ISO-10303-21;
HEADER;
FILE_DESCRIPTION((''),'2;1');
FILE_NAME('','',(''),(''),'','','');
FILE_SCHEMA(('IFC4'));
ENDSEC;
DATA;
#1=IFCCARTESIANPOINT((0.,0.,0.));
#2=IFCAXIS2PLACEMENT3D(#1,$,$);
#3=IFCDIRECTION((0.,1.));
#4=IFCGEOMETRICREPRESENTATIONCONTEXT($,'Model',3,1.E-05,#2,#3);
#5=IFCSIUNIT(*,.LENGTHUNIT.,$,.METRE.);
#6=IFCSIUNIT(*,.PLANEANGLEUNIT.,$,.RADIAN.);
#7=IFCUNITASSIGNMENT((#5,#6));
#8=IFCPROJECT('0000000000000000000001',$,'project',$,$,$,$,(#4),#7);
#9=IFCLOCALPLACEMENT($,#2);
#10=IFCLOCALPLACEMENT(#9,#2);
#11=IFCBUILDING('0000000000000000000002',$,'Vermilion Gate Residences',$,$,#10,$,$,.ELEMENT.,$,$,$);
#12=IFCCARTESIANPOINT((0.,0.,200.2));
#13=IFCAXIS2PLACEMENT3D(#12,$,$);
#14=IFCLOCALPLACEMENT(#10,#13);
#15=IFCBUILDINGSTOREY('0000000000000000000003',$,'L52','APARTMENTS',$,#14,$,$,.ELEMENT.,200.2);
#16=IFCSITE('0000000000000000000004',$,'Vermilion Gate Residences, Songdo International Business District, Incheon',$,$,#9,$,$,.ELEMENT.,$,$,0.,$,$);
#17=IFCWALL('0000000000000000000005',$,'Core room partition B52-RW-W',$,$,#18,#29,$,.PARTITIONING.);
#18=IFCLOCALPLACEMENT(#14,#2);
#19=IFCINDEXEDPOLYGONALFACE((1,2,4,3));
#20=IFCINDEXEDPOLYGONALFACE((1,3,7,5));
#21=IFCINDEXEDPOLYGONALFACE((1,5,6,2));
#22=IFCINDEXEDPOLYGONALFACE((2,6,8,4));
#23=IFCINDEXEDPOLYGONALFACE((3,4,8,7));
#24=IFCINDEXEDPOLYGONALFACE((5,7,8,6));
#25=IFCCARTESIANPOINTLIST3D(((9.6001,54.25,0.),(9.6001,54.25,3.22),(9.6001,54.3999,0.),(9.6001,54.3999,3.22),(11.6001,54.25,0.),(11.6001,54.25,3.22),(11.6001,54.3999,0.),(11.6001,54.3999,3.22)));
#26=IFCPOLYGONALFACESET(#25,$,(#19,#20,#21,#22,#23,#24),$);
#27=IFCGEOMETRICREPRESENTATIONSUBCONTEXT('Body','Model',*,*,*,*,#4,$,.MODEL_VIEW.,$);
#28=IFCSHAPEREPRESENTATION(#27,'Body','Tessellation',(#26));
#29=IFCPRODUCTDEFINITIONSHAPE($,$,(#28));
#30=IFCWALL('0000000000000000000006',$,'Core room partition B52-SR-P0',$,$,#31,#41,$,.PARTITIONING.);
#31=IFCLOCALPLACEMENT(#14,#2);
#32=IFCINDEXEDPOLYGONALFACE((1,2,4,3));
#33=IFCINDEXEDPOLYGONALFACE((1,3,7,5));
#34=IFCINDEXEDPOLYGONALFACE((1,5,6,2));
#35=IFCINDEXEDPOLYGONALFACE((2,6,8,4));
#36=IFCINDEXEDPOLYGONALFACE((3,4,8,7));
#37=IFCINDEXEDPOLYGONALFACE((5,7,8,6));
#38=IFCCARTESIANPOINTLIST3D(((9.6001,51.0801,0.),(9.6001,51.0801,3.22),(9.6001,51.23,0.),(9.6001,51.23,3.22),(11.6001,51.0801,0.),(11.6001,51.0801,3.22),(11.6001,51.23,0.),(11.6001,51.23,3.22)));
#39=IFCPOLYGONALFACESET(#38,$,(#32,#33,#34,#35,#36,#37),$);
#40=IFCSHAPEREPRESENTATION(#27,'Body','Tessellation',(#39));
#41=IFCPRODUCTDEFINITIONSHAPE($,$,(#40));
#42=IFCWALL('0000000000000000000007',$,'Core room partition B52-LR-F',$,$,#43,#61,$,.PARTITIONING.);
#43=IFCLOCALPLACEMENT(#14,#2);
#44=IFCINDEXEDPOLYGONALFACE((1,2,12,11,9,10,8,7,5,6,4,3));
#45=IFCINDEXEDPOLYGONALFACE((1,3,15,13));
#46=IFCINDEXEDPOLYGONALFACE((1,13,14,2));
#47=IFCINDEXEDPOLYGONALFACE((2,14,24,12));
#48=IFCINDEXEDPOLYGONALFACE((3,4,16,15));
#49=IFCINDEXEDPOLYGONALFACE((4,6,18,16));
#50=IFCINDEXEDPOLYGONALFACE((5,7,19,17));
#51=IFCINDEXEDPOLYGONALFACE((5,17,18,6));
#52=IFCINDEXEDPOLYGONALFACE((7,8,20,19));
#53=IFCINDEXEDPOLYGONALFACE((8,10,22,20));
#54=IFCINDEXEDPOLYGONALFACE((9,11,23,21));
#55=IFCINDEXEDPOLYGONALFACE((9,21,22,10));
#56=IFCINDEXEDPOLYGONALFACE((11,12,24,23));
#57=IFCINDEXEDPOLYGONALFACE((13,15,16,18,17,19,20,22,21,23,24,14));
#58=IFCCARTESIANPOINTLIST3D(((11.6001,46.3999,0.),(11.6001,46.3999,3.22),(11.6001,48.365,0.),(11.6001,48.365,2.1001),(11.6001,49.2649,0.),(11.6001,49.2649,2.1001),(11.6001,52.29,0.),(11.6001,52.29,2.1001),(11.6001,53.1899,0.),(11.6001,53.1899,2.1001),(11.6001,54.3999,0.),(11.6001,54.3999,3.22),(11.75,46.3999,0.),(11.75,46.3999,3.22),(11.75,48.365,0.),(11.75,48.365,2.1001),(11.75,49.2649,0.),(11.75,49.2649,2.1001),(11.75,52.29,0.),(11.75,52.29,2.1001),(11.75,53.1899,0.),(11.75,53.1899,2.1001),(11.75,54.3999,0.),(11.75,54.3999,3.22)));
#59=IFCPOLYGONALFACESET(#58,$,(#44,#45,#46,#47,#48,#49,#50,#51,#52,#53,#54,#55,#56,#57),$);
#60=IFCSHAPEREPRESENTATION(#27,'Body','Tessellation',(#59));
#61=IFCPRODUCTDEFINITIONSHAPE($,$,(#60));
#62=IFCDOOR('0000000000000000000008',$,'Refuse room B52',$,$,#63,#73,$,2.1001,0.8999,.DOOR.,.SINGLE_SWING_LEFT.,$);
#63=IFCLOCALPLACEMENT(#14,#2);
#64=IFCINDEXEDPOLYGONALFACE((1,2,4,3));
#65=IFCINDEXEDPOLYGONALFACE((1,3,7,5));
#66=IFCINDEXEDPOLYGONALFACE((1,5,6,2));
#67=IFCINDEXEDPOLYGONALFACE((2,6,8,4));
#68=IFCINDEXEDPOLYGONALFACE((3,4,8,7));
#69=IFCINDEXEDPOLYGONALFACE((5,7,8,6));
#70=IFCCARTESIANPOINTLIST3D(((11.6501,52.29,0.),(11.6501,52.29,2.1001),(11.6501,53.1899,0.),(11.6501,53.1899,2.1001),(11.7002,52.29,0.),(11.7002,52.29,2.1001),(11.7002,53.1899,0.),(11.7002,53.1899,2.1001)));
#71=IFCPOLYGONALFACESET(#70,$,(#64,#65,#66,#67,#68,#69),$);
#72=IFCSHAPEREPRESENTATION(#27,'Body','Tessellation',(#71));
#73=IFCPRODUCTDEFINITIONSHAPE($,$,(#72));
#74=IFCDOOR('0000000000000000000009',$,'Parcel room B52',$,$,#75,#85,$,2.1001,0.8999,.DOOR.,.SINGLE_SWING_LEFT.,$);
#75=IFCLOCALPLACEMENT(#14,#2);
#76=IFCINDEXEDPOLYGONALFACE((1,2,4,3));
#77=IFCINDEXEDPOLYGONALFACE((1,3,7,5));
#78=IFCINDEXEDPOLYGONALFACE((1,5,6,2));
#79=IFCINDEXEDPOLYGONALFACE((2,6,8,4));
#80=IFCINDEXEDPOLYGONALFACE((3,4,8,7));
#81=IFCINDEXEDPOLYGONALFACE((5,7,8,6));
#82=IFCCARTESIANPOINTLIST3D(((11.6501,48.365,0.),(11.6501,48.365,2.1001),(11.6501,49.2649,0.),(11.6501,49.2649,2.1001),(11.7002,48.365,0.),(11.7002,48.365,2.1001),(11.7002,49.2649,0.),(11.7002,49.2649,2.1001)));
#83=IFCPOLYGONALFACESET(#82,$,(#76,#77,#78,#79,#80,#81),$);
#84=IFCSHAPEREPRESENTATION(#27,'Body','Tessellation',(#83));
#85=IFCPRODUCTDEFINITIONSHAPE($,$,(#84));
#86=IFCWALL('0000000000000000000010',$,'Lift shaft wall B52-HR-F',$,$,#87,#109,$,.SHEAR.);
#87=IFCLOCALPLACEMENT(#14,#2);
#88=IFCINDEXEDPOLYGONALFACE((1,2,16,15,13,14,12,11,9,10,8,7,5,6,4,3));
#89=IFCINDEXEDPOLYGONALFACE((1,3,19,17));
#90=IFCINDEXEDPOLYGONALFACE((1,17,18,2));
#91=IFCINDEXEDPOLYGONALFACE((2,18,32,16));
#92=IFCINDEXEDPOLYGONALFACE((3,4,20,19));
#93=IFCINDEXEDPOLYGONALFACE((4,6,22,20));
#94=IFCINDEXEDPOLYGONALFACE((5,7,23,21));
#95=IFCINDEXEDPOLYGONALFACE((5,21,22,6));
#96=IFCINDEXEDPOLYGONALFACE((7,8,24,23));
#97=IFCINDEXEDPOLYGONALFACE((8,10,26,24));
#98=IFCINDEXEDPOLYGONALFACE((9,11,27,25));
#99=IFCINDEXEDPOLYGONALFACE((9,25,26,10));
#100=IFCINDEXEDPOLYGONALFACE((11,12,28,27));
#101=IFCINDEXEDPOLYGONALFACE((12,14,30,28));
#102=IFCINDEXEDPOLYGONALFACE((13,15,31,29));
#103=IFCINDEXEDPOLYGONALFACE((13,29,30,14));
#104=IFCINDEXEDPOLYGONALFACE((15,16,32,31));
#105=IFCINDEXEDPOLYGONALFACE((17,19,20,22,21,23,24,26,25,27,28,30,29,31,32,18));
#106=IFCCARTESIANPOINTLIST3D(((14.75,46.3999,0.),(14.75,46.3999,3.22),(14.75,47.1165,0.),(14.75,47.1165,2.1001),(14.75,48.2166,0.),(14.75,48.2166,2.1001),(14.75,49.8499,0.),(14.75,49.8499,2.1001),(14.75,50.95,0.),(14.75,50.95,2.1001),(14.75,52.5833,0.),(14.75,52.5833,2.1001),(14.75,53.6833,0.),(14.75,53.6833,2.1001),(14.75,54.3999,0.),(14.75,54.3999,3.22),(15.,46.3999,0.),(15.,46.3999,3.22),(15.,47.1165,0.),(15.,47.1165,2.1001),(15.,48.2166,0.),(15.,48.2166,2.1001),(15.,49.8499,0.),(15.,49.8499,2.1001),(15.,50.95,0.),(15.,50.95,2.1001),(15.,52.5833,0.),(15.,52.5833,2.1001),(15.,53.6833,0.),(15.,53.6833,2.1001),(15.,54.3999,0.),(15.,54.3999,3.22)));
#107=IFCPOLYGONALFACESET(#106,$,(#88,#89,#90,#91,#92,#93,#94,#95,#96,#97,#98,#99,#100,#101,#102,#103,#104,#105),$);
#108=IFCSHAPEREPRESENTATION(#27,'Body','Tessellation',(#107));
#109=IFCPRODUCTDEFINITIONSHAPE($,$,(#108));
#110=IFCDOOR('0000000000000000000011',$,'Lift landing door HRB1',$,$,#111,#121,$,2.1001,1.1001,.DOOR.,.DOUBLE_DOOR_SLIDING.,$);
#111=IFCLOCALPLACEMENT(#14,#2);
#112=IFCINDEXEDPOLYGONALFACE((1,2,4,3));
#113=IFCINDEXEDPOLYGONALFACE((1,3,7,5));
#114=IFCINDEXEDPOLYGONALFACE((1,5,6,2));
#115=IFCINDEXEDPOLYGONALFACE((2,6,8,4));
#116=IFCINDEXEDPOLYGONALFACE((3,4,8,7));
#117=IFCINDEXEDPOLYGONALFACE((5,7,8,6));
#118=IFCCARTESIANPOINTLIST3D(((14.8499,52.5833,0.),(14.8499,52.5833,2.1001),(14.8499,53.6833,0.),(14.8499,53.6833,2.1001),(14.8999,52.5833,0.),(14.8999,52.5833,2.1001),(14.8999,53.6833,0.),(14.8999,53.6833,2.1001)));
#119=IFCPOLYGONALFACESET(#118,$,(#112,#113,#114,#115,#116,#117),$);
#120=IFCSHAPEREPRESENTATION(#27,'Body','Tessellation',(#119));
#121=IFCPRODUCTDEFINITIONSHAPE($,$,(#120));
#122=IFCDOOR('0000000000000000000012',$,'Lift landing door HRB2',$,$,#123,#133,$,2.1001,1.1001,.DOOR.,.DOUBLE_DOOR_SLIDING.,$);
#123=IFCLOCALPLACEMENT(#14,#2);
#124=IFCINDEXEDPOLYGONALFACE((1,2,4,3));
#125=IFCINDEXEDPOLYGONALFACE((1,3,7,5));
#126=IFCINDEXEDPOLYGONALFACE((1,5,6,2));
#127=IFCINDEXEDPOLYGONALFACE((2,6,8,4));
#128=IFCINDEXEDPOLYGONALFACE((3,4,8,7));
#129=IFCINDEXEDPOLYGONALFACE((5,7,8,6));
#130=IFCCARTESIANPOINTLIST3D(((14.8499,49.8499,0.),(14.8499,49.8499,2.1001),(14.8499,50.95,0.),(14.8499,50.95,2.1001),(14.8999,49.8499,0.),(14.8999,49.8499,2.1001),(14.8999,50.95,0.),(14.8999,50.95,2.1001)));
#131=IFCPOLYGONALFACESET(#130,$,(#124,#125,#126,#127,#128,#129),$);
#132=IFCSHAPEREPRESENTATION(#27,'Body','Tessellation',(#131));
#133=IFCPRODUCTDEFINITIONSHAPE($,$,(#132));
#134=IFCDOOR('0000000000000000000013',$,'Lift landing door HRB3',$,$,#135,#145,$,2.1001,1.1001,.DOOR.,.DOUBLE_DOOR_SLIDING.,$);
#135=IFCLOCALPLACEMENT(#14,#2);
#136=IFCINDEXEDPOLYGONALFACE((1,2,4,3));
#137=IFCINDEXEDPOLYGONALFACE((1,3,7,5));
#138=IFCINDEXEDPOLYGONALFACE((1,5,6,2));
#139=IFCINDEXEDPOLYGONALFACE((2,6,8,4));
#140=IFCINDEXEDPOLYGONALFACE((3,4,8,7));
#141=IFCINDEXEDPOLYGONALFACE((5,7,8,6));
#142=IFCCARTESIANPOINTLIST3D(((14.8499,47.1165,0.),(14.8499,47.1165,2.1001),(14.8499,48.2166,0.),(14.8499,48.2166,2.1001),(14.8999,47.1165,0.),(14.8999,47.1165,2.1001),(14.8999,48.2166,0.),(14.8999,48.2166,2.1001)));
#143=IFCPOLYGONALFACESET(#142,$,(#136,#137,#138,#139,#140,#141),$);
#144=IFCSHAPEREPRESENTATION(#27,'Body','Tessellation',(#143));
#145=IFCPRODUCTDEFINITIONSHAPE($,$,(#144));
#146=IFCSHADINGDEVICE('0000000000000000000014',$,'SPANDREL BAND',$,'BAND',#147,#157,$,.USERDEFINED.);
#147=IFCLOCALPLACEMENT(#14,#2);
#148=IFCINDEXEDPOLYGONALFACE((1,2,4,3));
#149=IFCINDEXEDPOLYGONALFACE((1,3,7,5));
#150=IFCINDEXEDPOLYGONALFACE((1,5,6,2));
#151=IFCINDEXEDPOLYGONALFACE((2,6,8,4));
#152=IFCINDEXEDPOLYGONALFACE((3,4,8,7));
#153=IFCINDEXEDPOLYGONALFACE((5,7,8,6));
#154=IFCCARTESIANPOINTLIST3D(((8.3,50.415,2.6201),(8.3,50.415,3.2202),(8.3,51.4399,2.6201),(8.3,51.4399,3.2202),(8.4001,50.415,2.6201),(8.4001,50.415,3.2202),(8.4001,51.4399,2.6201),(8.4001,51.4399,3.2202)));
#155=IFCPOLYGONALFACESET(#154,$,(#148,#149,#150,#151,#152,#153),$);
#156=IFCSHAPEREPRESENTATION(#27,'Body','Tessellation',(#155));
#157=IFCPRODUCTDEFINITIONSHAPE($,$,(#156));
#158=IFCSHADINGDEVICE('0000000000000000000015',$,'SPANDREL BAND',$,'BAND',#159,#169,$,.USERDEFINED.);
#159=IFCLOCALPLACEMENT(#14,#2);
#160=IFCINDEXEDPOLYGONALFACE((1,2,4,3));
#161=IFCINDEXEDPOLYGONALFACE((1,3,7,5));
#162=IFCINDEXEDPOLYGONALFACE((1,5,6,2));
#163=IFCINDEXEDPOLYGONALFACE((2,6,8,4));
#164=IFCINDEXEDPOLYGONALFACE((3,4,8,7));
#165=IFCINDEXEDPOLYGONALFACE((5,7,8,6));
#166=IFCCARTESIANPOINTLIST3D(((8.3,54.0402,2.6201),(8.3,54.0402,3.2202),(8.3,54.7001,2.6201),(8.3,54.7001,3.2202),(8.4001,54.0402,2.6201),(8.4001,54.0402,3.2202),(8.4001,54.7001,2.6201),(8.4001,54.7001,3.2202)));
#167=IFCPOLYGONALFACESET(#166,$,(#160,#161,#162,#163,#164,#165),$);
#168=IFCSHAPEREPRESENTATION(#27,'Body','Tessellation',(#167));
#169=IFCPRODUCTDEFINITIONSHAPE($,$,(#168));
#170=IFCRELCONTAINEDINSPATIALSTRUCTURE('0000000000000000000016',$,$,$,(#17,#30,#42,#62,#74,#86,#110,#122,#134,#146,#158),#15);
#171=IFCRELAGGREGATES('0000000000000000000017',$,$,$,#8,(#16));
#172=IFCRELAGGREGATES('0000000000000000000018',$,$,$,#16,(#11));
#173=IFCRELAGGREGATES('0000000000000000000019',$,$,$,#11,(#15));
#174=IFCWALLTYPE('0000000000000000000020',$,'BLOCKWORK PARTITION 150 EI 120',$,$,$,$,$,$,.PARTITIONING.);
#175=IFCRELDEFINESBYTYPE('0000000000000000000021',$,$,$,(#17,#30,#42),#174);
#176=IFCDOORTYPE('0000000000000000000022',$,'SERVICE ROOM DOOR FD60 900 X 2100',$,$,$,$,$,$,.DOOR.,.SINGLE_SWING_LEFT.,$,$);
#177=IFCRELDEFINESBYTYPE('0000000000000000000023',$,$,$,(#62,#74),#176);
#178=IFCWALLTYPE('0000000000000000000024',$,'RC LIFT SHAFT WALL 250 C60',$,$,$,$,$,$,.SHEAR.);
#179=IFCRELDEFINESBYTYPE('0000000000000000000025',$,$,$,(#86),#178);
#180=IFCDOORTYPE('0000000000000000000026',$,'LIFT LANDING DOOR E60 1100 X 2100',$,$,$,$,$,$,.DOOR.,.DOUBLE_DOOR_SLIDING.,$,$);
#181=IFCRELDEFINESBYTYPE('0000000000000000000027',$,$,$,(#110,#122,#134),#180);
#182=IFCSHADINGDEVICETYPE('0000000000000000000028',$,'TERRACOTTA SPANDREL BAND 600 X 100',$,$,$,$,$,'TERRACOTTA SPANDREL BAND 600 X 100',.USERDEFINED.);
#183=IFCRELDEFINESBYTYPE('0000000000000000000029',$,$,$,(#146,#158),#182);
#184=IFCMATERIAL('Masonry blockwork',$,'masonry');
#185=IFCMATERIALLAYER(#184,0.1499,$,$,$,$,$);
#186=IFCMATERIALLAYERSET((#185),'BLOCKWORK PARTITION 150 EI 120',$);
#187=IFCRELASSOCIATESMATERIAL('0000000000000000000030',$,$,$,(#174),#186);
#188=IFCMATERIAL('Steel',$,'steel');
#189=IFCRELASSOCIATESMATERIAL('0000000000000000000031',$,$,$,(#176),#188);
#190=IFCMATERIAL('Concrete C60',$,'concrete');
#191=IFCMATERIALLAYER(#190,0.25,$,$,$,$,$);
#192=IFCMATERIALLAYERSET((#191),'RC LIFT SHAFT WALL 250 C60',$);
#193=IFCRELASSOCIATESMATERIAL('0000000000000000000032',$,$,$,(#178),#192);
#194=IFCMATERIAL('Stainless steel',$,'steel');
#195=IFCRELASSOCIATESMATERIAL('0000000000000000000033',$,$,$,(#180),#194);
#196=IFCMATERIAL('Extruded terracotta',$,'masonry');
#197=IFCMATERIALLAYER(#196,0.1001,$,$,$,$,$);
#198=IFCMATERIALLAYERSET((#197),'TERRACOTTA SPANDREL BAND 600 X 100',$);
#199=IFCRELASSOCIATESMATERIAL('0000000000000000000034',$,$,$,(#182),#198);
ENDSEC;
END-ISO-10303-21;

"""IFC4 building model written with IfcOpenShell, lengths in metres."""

from ifc_helpers import new_model, si_unit, direction, frame, frame_2d, origin, origin_2d, place, context, subcontext, project, spatial, rectangle, extrude, material, layer, layer_set, type_object, element, fill, save


model = new_model("IFC4")

# Units and contexts
model_context = context("Model", 3, precision=1e-05, world=origin(), true_north=direction((0.0, 1.0)))
body_context = subcontext(model_context, "Body", "Model", "MODEL_VIEW")
ifc_project = project(units=[si_unit("LENGTHUNIT", "METRE"), si_unit("PLANEANGLEUNIT", "RADIAN")], contexts=[model_context])

# Site, building, storey
site_placement = place(None, origin())
site = spatial("IfcSite", under=ifc_project, at=site_placement, Name="Vermilion Gate Residences, Songdo International Business District, Incheon", CompositionType="ELEMENT", RefElevation=0.0)
building_placement = place(site_placement, origin())
building = spatial("IfcBuilding", under=site, at=building_placement, Name="Vermilion Gate Residences", CompositionType="ELEMENT")
storey_placement = place(building_placement, frame((0.0, 0.0, 200.2)))
storey = spatial("IfcBuildingStorey", under=building, at=storey_placement, Name="L52", Description="APARTMENTS", CompositionType="ELEMENT", Elevation=200.2)

# Walls
ifc_material_1 = material(Name="Masonry blockwork", Category="masonry")
ifc_layer_1 = layer(ifc_material_1, 0.1499)
ifc_layer_set_1 = layer_set([ifc_layer_1], Name="BLOCKWORK PARTITION 150 EI 120")
wall_type_1 = type_object("IfcWallType", Name="BLOCKWORK PARTITION 150 EI 120", PredefinedType="PARTITIONING", material=ifc_layer_set_1)
for number, where, z_axis, x_axis, name in (
    (1, (9.6001, 54.325, 0.0), (0.0, 0.0, 1.0), (1.0, 0.0, 0.0), "Core room partition B52-RW-W"),
    (2, (9.6001, 51.155, 0.0), (0.0, 0.0, 1.0), (1.0, 0.0, 0.0), "Core room partition B52-SR-P0"),
):
    element("IfcWall", number, at=place(storey_placement, frame(where, z_axis=z_axis, x_axis=x_axis)), inside=storey, type_object=wall_type_1, Name=name, PredefinedType="PARTITIONING", context=body_context, shape_type="SweptSolid", body=[
        extrude(rectangle(XDim=2.0, YDim=0.1499, at=frame_2d((1.0, 0.0))), origin(), (0.0, 0.0, 1.0), 3.22),
    ])

# Walls, openings, doors
wall_1_placement = place(storey_placement, frame((11.675, 54.3999, 0.0), z_axis=(0.0, 0.0, 1.0), x_axis=(0.0, -1.0, 0.0)))
wall_1 = element("IfcWall", 3, at=wall_1_placement, inside=storey, type_object=wall_type_1, Name="Core room partition B52-LR-F", PredefinedType="PARTITIONING", context=body_context, shape_type="SweptSolid", body=[
    extrude(rectangle(XDim=8.0, YDim=0.1499, at=frame_2d((4.0, 0.0))), origin(), (0.0, 0.0, 1.0), 3.22),
])
opening_1_placement = place(wall_1_placement, frame((1.21, 0.0, 0.0)))
opening_1 = element("IfcOpeningElement", 4, at=opening_1_placement, cuts=wall_1, PredefinedType="OPENING", context=body_context, shape_type="SweptSolid", body=[
    extrude(rectangle(XDim=0.8999, YDim=2.1001, at=frame_2d((0.45, 1.05))), frame((0.0, 0.085, 0.0), z_axis=(0.0, -1.0, 0.0), x_axis=(1.0, 0.0, 0.0)), (0.0, 0.0, 1.0), 0.1699),
])
opening_2_placement = place(wall_1_placement, frame((5.135, 0.0, 0.0)))
opening_2 = element("IfcOpeningElement", 5, at=opening_2_placement, cuts=wall_1, PredefinedType="OPENING", context=body_context, shape_type="SweptSolid", body=[
    extrude(rectangle(XDim=0.8999, YDim=2.1001, at=frame_2d((0.45, 1.05))), frame((0.0, 0.085, 0.0), z_axis=(0.0, -1.0, 0.0), x_axis=(1.0, 0.0, 0.0)), (0.0, 0.0, 1.0), 0.1699),
])
ifc_material_2 = material(Name="Steel", Category="steel")
door_type_1 = type_object("IfcDoorType", Name="SERVICE ROOM DOOR FD60 900 X 2100", OperationType="SINGLE_SWING_LEFT", PredefinedType="DOOR", material=ifc_material_2)
door_1_placement = place(opening_1_placement, frame((0.8999, 0.0, 0.0), z_axis=(0.0, 0.0, 1.0), x_axis=(-1.0, 0.0, 0.0)))
door_1 = element("IfcDoor", 6, at=door_1_placement, inside=storey, type_object=door_type_1, Name="Refuse room B52", OperationType="SINGLE_SWING_LEFT", OverallHeight=2.1001, OverallWidth=0.8999, PredefinedType="DOOR", context=body_context, shape_type="SweptSolid", body=[
    extrude(rectangle(XDim=0.8999, YDim=2.1001, at=frame_2d((0.45, 1.05))), frame((0.0, 0.0249, 0.0), z_axis=(0.0, -1.0, 0.0), x_axis=(1.0, 0.0, 0.0)), (0.0, 0.0, 1.0), 0.05),
])
fill(opening_1, door_1)
door_2_placement = place(opening_2_placement, frame((0.8999, 0.0, 0.0), z_axis=(0.0, 0.0, 1.0), x_axis=(-1.0, 0.0, 0.0)))
door_2 = element("IfcDoor", 7, at=door_2_placement, inside=storey, type_object=door_type_1, Name="Parcel room B52", OperationType="SINGLE_SWING_LEFT", OverallHeight=2.1001, OverallWidth=0.8999, PredefinedType="DOOR", context=body_context, shape_type="SweptSolid", body=[
    extrude(rectangle(XDim=0.8999, YDim=2.1001, at=frame_2d((0.45, 1.05))), frame((0.0, 0.0249, 0.0), z_axis=(0.0, -1.0, 0.0), x_axis=(1.0, 0.0, 0.0)), (0.0, 0.0, 1.0), 0.05),
])
fill(opening_2, door_2)
ifc_material_3 = material(Name="Concrete C60", Category="concrete")
ifc_layer_2 = layer(ifc_material_3, 0.25)
ifc_layer_set_2 = layer_set([ifc_layer_2], Name="RC LIFT SHAFT WALL 250 C60")
wall_type_2 = type_object("IfcWallType", Name="RC LIFT SHAFT WALL 250 C60", PredefinedType="SHEAR", material=ifc_layer_set_2)
wall_2_placement = place(storey_placement, frame((14.875, 54.3999, 0.0), z_axis=(0.0, 0.0, 1.0), x_axis=(0.0, -1.0, 0.0)))
wall_2 = element("IfcWall", 8, at=wall_2_placement, inside=storey, type_object=wall_type_2, Name="Lift shaft wall B52-HR-F", PredefinedType="SHEAR", context=body_context, shape_type="SweptSolid", body=[
    extrude(rectangle(XDim=8.0, YDim=0.25, at=frame_2d((4.0, 0.0))), origin(), (0.0, 0.0, 1.0), 3.22),
])
opening_3_placement = place(wall_2_placement, frame((0.7166, 0.0, 0.0)))
opening_3 = element("IfcOpeningElement", 9, at=opening_3_placement, cuts=wall_2, PredefinedType="OPENING", context=body_context, shape_type="SweptSolid", body=[
    extrude(rectangle(XDim=1.1001, YDim=2.1001, at=frame_2d((0.55, 1.05))), frame((0.0, 0.135, 0.0), z_axis=(0.0, -1.0, 0.0), x_axis=(1.0, 0.0, 0.0)), (0.0, 0.0, 1.0), 0.27),
])
opening_4_placement = place(wall_2_placement, frame((3.45, 0.0, 0.0)))
opening_4 = element("IfcOpeningElement", 10, at=opening_4_placement, cuts=wall_2, PredefinedType="OPENING", context=body_context, shape_type="SweptSolid", body=[
    extrude(rectangle(XDim=1.1001, YDim=2.1001, at=frame_2d((0.55, 1.05))), frame((0.0, 0.135, 0.0), z_axis=(0.0, -1.0, 0.0), x_axis=(1.0, 0.0, 0.0)), (0.0, 0.0, 1.0), 0.27),
])
opening_5_placement = place(wall_2_placement, frame((6.1833, 0.0, 0.0)))
opening_5 = element("IfcOpeningElement", 11, at=opening_5_placement, cuts=wall_2, PredefinedType="OPENING", context=body_context, shape_type="SweptSolid", body=[
    extrude(rectangle(XDim=1.1001, YDim=2.1001, at=frame_2d((0.55, 1.05))), frame((0.0, 0.135, 0.0), z_axis=(0.0, -1.0, 0.0), x_axis=(1.0, 0.0, 0.0)), (0.0, 0.0, 1.0), 0.27),
])
ifc_material_4 = material(Name="Stainless steel", Category="steel")
door_type_2 = type_object("IfcDoorType", Name="LIFT LANDING DOOR E60 1100 X 2100", OperationType="DOUBLE_DOOR_SLIDING", PredefinedType="DOOR", material=ifc_material_4)
door_3_placement = place(opening_3_placement, origin())
door_3 = element("IfcDoor", 12, at=door_3_placement, inside=storey, type_object=door_type_2, Name="Lift landing door HRB1", OperationType="DOUBLE_DOOR_SLIDING", OverallHeight=2.1001, OverallWidth=1.1001, PredefinedType="DOOR", context=body_context, shape_type="SweptSolid", body=[
    extrude(rectangle(XDim=1.1001, YDim=2.1001, at=frame_2d((0.55, 1.05))), frame((0.0, 0.0249, 0.0), z_axis=(0.0, -1.0, 0.0), x_axis=(1.0, 0.0, 0.0)), (0.0, 0.0, 1.0), 0.05),
])
fill(opening_3, door_3)
door_4_placement = place(opening_4_placement, origin())
door_4 = element("IfcDoor", 13, at=door_4_placement, inside=storey, type_object=door_type_2, Name="Lift landing door HRB2", OperationType="DOUBLE_DOOR_SLIDING", OverallHeight=2.1001, OverallWidth=1.1001, PredefinedType="DOOR", context=body_context, shape_type="SweptSolid", body=[
    extrude(rectangle(XDim=1.1001, YDim=2.1001, at=frame_2d((0.55, 1.05))), frame((0.0, 0.0249, 0.0), z_axis=(0.0, -1.0, 0.0), x_axis=(1.0, 0.0, 0.0)), (0.0, 0.0, 1.0), 0.05),
])
fill(opening_4, door_4)
door_5_placement = place(opening_5_placement, origin())
door_5 = element("IfcDoor", 14, at=door_5_placement, inside=storey, type_object=door_type_2, Name="Lift landing door HRB3", OperationType="DOUBLE_DOOR_SLIDING", OverallHeight=2.1001, OverallWidth=1.1001, PredefinedType="DOOR", context=body_context, shape_type="SweptSolid", body=[
    extrude(rectangle(XDim=1.1001, YDim=2.1001, at=frame_2d((0.55, 1.05))), frame((0.0, 0.0249, 0.0), z_axis=(0.0, -1.0, 0.0), x_axis=(1.0, 0.0, 0.0)), (0.0, 0.0, 1.0), 0.05),
])
fill(opening_5, door_5)

# Shading devices
ifc_material_5 = material(Name="Extruded terracotta", Category="masonry")
ifc_layer_3 = layer(ifc_material_5, 0.1001)
ifc_layer_set_3 = layer_set([ifc_layer_3], Name="TERRACOTTA SPANDREL BAND 600 X 100")
shading_device_type = type_object("IfcShadingDeviceType", Name="TERRACOTTA SPANDREL BAND 600 X 100", ElementType="TERRACOTTA SPANDREL BAND 600 X 100", PredefinedType="USERDEFINED", material=ifc_layer_set_3)
shading_device_1_placement = place(storey_placement, frame((8.3501, 50.9275, 2.6201), z_axis=(0.0, 0.0, 1.0), x_axis=(0.0, 1.0, 0.0)))
element("IfcShadingDevice", 15, at=shading_device_1_placement, inside=storey, type_object=shading_device_type, Name="SPANDREL BAND", ObjectType="BAND", PredefinedType="USERDEFINED", context=body_context, shape_type="SweptSolid", body=[
    extrude(rectangle(XDim=1.0249, YDim=0.1001, at=origin_2d()), origin(), (0.0, 0.0, 1.0), 0.6001),
])
shading_device_2_placement = place(storey_placement, frame((8.3501, 54.3701, 2.6201), z_axis=(0.0, 0.0, 1.0), x_axis=(0.0, 1.0, 0.0)))
element("IfcShadingDevice", 16, at=shading_device_2_placement, inside=storey, type_object=shading_device_type, Name="SPANDREL BAND", ObjectType="BAND", PredefinedType="USERDEFINED", context=body_context, shape_type="SweptSolid", body=[
    extrude(rectangle(XDim=0.6599, YDim=0.1001, at=origin_2d()), origin(), (0.0, 0.0, 1.0), 0.6001),
])

save(model, "model.ifc")
